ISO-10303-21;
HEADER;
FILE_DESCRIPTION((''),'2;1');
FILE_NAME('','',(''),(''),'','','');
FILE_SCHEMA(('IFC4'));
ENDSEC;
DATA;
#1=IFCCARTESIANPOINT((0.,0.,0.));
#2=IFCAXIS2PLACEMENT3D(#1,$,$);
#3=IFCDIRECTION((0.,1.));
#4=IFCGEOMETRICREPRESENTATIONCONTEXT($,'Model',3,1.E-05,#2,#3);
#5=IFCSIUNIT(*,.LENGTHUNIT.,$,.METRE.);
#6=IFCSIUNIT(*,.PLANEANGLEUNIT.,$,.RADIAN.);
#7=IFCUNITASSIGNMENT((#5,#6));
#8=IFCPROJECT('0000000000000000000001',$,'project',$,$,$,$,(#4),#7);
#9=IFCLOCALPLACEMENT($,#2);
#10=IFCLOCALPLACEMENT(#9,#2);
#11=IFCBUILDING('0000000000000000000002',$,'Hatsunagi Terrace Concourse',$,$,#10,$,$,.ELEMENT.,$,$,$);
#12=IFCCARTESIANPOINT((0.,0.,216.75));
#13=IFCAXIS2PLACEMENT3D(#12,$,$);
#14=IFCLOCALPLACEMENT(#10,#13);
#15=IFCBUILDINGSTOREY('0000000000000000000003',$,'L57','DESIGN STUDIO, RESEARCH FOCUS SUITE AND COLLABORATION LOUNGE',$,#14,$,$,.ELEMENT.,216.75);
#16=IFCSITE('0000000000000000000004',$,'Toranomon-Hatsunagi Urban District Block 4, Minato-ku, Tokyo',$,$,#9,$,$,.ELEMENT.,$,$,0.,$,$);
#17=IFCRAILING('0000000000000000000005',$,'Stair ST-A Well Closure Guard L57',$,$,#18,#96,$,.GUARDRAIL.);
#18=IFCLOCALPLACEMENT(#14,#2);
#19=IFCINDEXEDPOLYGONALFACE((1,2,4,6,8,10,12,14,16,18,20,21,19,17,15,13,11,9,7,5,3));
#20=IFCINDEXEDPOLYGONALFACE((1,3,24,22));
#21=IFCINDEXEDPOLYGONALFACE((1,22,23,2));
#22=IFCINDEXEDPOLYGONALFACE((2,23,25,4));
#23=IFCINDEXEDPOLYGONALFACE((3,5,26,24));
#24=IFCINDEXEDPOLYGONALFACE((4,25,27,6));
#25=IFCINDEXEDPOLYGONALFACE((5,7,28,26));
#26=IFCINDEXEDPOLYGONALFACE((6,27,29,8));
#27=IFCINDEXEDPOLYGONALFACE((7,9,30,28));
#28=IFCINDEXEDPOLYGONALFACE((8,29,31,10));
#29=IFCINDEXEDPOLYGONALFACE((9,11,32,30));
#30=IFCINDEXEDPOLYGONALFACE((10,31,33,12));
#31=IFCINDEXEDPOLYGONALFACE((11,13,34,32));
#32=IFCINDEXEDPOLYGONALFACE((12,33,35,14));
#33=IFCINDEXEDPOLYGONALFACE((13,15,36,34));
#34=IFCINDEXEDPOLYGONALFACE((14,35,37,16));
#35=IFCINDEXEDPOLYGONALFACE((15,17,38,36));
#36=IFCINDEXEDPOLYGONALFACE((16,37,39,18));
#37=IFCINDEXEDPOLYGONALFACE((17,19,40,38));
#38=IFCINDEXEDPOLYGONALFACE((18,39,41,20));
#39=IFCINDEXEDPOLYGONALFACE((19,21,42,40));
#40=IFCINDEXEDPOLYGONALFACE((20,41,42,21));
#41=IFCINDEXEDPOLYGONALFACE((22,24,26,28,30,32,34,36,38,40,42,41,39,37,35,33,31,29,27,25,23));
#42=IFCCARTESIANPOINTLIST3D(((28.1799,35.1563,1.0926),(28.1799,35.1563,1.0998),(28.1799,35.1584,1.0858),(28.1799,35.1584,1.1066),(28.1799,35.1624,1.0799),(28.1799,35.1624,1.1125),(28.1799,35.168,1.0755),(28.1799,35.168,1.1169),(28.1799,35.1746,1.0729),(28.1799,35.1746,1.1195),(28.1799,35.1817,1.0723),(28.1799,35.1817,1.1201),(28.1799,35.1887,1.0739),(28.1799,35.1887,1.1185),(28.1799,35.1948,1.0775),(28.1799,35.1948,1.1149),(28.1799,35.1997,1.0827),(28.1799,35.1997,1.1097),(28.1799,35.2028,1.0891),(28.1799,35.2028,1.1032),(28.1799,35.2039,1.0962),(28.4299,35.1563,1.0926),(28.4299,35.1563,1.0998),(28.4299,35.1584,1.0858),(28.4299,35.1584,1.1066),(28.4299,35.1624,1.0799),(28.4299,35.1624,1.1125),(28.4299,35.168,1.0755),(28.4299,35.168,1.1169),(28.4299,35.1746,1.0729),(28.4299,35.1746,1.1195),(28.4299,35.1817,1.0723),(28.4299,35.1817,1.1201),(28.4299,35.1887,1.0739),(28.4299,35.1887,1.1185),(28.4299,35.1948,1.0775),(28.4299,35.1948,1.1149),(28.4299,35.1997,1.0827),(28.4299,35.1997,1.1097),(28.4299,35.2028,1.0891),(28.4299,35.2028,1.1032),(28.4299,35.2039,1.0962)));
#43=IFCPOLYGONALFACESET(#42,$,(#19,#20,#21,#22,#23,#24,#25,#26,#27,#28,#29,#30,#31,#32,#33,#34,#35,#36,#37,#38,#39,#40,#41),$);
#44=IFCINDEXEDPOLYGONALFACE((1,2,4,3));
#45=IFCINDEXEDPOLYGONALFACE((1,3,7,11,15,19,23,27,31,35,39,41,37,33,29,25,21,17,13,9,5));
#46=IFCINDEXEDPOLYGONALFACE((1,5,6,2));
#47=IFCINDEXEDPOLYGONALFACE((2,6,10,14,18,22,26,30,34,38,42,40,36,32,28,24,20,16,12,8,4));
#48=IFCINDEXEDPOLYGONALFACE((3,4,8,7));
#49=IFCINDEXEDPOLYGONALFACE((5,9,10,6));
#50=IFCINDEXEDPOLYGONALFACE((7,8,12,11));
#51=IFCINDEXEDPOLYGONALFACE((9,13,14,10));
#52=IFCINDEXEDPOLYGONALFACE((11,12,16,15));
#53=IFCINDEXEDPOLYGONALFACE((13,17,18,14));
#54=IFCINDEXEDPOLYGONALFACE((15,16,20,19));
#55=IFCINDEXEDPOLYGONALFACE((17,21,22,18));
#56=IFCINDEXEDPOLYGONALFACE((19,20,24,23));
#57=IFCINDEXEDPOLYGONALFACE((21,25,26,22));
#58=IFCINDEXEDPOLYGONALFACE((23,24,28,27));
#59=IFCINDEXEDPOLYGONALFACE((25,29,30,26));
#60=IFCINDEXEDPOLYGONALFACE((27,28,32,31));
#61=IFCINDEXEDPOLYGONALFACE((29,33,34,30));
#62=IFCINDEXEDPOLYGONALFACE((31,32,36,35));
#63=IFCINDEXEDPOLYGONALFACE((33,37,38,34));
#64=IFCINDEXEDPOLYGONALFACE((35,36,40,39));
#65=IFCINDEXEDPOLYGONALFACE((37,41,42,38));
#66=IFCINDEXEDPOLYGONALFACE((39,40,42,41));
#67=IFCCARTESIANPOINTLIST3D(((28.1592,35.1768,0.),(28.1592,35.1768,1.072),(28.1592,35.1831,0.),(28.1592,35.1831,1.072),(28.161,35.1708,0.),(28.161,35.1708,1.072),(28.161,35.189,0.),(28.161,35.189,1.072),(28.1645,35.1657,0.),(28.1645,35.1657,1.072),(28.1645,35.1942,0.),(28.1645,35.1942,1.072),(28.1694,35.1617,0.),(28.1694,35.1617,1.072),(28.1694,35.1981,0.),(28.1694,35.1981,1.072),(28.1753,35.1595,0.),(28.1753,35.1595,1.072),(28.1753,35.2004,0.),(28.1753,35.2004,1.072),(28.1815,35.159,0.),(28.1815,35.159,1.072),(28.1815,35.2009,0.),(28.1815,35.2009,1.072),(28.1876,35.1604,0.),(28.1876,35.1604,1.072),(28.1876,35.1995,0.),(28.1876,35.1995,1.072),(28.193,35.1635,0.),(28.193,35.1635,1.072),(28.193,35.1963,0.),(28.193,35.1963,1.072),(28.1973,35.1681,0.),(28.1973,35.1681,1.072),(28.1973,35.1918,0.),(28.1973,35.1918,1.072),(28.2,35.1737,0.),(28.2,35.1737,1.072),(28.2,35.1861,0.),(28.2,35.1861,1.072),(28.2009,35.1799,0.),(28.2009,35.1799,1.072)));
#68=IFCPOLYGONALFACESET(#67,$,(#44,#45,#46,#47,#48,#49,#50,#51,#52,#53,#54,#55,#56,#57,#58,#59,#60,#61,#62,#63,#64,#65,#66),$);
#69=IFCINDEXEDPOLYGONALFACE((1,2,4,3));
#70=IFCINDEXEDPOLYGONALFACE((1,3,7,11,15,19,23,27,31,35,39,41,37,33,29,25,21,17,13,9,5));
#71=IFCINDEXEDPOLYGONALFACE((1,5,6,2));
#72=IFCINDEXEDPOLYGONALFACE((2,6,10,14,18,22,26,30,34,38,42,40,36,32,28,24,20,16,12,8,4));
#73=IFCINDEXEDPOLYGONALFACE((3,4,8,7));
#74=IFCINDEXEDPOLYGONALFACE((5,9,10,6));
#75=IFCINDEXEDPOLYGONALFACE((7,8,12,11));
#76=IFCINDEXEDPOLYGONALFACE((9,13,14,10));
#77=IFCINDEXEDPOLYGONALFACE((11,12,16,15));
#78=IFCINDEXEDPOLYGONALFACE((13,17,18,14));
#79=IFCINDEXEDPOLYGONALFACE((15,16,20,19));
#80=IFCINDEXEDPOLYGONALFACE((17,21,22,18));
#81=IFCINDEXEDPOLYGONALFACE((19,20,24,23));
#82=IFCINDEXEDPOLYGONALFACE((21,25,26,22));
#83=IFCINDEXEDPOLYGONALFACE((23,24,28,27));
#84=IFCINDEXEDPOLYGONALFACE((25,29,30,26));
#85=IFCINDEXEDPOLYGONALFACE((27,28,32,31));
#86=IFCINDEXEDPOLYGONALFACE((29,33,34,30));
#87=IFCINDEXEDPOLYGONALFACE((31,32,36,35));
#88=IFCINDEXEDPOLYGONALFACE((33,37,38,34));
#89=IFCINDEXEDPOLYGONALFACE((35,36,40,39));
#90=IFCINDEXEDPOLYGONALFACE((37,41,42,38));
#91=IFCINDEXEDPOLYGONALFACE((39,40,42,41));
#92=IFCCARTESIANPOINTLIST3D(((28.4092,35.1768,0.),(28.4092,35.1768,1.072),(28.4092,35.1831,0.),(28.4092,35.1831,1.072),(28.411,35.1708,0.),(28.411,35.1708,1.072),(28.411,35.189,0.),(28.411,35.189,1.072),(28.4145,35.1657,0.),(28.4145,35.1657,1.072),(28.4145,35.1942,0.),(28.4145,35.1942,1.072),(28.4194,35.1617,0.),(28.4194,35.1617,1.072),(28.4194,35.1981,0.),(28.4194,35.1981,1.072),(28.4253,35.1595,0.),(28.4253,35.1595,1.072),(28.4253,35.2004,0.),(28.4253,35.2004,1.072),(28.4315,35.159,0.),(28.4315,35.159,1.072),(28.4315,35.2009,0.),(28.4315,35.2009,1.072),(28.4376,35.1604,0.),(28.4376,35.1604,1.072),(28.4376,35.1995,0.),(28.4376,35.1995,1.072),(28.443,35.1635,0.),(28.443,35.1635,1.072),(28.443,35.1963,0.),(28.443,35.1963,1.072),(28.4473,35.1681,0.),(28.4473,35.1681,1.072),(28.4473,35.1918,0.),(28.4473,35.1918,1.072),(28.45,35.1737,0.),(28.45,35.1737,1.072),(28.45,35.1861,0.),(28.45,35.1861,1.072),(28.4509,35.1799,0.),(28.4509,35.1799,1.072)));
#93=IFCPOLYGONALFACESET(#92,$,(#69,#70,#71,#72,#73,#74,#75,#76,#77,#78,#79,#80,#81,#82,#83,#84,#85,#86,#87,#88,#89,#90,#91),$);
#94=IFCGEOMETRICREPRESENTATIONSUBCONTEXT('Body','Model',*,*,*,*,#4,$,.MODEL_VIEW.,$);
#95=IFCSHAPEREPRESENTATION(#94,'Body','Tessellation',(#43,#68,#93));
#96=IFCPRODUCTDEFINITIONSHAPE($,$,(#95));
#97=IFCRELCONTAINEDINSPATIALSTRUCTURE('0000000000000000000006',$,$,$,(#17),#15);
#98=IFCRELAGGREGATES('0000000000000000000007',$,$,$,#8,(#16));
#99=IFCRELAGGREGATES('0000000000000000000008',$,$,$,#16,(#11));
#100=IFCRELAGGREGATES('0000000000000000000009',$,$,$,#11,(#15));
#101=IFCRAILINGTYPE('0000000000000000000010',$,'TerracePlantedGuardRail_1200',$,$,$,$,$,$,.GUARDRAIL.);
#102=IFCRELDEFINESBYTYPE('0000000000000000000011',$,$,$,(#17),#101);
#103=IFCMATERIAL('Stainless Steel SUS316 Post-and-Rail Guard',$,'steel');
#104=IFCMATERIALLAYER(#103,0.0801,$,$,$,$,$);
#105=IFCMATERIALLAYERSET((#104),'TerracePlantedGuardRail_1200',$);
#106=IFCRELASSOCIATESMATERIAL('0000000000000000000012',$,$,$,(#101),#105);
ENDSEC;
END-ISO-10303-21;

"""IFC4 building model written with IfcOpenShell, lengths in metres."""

from ifc_helpers import new_model, si_unit, direction, frame, origin, origin_2d, place, context, subcontext, project, spatial, circle, extrude, material, layer, layer_set, type_object, element, save


model = new_model("IFC4")

# Units and contexts
model_context = context("Model", 3, precision=1e-05, world=origin(), true_north=direction((0.0, 1.0)))
body_context = subcontext(model_context, "Body", "Model", "MODEL_VIEW")
ifc_project = project(units=[si_unit("LENGTHUNIT", "METRE"), si_unit("PLANEANGLEUNIT", "RADIAN")], contexts=[model_context])

# Site, building, storey
site_placement = place(None, origin())
site = spatial("IfcSite", under=ifc_project, at=site_placement, Name="Toranomon-Hatsunagi Urban District Block 4, Minato-ku, Tokyo", CompositionType="ELEMENT", RefElevation=0.0)
building_placement = place(site_placement, origin())
building = spatial("IfcBuilding", under=site, at=building_placement, Name="Hatsunagi Terrace Concourse", CompositionType="ELEMENT")
storey_placement = place(building_placement, frame((0.0, 0.0, 216.75)))
storey = spatial("IfcBuildingStorey", under=building, at=storey_placement, Name="L57", Description="DESIGN STUDIO, RESEARCH FOCUS SUITE AND COLLABORATION LOUNGE", CompositionType="ELEMENT", Elevation=216.75)

# Railing
ifc_material_1 = material(Name="Stainless Steel SUS316 Post-and-Rail Guard", Category="steel")
ifc_layer_1 = layer(ifc_material_1, 0.0801)
ifc_layer_set_1 = layer_set([ifc_layer_1], Name="TerracePlantedGuardRail_1200")
railing_type_1 = type_object("IfcRailingType", Name="TerracePlantedGuardRail_1200", PredefinedType="GUARDRAIL", material=ifc_layer_set_1)
railing_1_placement = place(storey_placement, frame((28.1799, 35.1799, 0.0)))
element("IfcRailing", 1, at=railing_1_placement, inside=storey, type_object=railing_type_1, Name="Stair ST-A Well Closure Guard L57", PredefinedType="GUARDRAIL", context=body_context, shape_type="SweptSolid", body=[
    extrude(circle(Radius=0.0239, at=origin_2d()), frame((0.0, 0.0, 1.0962), z_axis=(1.0, 0.0, 0.0), x_axis=(0.0, 1.0, 0.0)), (0.0, 0.0, 1.0), 0.25),
    extrude(circle(Radius=0.021, at=origin_2d()), origin(), (0.0, 0.0, 1.0), 1.072),
    extrude(circle(Radius=0.021, at=origin_2d()), frame((0.25, 0.0, 0.0)), (0.0, 0.0, 1.0), 1.072),
])

save(model, "model.ifc")
